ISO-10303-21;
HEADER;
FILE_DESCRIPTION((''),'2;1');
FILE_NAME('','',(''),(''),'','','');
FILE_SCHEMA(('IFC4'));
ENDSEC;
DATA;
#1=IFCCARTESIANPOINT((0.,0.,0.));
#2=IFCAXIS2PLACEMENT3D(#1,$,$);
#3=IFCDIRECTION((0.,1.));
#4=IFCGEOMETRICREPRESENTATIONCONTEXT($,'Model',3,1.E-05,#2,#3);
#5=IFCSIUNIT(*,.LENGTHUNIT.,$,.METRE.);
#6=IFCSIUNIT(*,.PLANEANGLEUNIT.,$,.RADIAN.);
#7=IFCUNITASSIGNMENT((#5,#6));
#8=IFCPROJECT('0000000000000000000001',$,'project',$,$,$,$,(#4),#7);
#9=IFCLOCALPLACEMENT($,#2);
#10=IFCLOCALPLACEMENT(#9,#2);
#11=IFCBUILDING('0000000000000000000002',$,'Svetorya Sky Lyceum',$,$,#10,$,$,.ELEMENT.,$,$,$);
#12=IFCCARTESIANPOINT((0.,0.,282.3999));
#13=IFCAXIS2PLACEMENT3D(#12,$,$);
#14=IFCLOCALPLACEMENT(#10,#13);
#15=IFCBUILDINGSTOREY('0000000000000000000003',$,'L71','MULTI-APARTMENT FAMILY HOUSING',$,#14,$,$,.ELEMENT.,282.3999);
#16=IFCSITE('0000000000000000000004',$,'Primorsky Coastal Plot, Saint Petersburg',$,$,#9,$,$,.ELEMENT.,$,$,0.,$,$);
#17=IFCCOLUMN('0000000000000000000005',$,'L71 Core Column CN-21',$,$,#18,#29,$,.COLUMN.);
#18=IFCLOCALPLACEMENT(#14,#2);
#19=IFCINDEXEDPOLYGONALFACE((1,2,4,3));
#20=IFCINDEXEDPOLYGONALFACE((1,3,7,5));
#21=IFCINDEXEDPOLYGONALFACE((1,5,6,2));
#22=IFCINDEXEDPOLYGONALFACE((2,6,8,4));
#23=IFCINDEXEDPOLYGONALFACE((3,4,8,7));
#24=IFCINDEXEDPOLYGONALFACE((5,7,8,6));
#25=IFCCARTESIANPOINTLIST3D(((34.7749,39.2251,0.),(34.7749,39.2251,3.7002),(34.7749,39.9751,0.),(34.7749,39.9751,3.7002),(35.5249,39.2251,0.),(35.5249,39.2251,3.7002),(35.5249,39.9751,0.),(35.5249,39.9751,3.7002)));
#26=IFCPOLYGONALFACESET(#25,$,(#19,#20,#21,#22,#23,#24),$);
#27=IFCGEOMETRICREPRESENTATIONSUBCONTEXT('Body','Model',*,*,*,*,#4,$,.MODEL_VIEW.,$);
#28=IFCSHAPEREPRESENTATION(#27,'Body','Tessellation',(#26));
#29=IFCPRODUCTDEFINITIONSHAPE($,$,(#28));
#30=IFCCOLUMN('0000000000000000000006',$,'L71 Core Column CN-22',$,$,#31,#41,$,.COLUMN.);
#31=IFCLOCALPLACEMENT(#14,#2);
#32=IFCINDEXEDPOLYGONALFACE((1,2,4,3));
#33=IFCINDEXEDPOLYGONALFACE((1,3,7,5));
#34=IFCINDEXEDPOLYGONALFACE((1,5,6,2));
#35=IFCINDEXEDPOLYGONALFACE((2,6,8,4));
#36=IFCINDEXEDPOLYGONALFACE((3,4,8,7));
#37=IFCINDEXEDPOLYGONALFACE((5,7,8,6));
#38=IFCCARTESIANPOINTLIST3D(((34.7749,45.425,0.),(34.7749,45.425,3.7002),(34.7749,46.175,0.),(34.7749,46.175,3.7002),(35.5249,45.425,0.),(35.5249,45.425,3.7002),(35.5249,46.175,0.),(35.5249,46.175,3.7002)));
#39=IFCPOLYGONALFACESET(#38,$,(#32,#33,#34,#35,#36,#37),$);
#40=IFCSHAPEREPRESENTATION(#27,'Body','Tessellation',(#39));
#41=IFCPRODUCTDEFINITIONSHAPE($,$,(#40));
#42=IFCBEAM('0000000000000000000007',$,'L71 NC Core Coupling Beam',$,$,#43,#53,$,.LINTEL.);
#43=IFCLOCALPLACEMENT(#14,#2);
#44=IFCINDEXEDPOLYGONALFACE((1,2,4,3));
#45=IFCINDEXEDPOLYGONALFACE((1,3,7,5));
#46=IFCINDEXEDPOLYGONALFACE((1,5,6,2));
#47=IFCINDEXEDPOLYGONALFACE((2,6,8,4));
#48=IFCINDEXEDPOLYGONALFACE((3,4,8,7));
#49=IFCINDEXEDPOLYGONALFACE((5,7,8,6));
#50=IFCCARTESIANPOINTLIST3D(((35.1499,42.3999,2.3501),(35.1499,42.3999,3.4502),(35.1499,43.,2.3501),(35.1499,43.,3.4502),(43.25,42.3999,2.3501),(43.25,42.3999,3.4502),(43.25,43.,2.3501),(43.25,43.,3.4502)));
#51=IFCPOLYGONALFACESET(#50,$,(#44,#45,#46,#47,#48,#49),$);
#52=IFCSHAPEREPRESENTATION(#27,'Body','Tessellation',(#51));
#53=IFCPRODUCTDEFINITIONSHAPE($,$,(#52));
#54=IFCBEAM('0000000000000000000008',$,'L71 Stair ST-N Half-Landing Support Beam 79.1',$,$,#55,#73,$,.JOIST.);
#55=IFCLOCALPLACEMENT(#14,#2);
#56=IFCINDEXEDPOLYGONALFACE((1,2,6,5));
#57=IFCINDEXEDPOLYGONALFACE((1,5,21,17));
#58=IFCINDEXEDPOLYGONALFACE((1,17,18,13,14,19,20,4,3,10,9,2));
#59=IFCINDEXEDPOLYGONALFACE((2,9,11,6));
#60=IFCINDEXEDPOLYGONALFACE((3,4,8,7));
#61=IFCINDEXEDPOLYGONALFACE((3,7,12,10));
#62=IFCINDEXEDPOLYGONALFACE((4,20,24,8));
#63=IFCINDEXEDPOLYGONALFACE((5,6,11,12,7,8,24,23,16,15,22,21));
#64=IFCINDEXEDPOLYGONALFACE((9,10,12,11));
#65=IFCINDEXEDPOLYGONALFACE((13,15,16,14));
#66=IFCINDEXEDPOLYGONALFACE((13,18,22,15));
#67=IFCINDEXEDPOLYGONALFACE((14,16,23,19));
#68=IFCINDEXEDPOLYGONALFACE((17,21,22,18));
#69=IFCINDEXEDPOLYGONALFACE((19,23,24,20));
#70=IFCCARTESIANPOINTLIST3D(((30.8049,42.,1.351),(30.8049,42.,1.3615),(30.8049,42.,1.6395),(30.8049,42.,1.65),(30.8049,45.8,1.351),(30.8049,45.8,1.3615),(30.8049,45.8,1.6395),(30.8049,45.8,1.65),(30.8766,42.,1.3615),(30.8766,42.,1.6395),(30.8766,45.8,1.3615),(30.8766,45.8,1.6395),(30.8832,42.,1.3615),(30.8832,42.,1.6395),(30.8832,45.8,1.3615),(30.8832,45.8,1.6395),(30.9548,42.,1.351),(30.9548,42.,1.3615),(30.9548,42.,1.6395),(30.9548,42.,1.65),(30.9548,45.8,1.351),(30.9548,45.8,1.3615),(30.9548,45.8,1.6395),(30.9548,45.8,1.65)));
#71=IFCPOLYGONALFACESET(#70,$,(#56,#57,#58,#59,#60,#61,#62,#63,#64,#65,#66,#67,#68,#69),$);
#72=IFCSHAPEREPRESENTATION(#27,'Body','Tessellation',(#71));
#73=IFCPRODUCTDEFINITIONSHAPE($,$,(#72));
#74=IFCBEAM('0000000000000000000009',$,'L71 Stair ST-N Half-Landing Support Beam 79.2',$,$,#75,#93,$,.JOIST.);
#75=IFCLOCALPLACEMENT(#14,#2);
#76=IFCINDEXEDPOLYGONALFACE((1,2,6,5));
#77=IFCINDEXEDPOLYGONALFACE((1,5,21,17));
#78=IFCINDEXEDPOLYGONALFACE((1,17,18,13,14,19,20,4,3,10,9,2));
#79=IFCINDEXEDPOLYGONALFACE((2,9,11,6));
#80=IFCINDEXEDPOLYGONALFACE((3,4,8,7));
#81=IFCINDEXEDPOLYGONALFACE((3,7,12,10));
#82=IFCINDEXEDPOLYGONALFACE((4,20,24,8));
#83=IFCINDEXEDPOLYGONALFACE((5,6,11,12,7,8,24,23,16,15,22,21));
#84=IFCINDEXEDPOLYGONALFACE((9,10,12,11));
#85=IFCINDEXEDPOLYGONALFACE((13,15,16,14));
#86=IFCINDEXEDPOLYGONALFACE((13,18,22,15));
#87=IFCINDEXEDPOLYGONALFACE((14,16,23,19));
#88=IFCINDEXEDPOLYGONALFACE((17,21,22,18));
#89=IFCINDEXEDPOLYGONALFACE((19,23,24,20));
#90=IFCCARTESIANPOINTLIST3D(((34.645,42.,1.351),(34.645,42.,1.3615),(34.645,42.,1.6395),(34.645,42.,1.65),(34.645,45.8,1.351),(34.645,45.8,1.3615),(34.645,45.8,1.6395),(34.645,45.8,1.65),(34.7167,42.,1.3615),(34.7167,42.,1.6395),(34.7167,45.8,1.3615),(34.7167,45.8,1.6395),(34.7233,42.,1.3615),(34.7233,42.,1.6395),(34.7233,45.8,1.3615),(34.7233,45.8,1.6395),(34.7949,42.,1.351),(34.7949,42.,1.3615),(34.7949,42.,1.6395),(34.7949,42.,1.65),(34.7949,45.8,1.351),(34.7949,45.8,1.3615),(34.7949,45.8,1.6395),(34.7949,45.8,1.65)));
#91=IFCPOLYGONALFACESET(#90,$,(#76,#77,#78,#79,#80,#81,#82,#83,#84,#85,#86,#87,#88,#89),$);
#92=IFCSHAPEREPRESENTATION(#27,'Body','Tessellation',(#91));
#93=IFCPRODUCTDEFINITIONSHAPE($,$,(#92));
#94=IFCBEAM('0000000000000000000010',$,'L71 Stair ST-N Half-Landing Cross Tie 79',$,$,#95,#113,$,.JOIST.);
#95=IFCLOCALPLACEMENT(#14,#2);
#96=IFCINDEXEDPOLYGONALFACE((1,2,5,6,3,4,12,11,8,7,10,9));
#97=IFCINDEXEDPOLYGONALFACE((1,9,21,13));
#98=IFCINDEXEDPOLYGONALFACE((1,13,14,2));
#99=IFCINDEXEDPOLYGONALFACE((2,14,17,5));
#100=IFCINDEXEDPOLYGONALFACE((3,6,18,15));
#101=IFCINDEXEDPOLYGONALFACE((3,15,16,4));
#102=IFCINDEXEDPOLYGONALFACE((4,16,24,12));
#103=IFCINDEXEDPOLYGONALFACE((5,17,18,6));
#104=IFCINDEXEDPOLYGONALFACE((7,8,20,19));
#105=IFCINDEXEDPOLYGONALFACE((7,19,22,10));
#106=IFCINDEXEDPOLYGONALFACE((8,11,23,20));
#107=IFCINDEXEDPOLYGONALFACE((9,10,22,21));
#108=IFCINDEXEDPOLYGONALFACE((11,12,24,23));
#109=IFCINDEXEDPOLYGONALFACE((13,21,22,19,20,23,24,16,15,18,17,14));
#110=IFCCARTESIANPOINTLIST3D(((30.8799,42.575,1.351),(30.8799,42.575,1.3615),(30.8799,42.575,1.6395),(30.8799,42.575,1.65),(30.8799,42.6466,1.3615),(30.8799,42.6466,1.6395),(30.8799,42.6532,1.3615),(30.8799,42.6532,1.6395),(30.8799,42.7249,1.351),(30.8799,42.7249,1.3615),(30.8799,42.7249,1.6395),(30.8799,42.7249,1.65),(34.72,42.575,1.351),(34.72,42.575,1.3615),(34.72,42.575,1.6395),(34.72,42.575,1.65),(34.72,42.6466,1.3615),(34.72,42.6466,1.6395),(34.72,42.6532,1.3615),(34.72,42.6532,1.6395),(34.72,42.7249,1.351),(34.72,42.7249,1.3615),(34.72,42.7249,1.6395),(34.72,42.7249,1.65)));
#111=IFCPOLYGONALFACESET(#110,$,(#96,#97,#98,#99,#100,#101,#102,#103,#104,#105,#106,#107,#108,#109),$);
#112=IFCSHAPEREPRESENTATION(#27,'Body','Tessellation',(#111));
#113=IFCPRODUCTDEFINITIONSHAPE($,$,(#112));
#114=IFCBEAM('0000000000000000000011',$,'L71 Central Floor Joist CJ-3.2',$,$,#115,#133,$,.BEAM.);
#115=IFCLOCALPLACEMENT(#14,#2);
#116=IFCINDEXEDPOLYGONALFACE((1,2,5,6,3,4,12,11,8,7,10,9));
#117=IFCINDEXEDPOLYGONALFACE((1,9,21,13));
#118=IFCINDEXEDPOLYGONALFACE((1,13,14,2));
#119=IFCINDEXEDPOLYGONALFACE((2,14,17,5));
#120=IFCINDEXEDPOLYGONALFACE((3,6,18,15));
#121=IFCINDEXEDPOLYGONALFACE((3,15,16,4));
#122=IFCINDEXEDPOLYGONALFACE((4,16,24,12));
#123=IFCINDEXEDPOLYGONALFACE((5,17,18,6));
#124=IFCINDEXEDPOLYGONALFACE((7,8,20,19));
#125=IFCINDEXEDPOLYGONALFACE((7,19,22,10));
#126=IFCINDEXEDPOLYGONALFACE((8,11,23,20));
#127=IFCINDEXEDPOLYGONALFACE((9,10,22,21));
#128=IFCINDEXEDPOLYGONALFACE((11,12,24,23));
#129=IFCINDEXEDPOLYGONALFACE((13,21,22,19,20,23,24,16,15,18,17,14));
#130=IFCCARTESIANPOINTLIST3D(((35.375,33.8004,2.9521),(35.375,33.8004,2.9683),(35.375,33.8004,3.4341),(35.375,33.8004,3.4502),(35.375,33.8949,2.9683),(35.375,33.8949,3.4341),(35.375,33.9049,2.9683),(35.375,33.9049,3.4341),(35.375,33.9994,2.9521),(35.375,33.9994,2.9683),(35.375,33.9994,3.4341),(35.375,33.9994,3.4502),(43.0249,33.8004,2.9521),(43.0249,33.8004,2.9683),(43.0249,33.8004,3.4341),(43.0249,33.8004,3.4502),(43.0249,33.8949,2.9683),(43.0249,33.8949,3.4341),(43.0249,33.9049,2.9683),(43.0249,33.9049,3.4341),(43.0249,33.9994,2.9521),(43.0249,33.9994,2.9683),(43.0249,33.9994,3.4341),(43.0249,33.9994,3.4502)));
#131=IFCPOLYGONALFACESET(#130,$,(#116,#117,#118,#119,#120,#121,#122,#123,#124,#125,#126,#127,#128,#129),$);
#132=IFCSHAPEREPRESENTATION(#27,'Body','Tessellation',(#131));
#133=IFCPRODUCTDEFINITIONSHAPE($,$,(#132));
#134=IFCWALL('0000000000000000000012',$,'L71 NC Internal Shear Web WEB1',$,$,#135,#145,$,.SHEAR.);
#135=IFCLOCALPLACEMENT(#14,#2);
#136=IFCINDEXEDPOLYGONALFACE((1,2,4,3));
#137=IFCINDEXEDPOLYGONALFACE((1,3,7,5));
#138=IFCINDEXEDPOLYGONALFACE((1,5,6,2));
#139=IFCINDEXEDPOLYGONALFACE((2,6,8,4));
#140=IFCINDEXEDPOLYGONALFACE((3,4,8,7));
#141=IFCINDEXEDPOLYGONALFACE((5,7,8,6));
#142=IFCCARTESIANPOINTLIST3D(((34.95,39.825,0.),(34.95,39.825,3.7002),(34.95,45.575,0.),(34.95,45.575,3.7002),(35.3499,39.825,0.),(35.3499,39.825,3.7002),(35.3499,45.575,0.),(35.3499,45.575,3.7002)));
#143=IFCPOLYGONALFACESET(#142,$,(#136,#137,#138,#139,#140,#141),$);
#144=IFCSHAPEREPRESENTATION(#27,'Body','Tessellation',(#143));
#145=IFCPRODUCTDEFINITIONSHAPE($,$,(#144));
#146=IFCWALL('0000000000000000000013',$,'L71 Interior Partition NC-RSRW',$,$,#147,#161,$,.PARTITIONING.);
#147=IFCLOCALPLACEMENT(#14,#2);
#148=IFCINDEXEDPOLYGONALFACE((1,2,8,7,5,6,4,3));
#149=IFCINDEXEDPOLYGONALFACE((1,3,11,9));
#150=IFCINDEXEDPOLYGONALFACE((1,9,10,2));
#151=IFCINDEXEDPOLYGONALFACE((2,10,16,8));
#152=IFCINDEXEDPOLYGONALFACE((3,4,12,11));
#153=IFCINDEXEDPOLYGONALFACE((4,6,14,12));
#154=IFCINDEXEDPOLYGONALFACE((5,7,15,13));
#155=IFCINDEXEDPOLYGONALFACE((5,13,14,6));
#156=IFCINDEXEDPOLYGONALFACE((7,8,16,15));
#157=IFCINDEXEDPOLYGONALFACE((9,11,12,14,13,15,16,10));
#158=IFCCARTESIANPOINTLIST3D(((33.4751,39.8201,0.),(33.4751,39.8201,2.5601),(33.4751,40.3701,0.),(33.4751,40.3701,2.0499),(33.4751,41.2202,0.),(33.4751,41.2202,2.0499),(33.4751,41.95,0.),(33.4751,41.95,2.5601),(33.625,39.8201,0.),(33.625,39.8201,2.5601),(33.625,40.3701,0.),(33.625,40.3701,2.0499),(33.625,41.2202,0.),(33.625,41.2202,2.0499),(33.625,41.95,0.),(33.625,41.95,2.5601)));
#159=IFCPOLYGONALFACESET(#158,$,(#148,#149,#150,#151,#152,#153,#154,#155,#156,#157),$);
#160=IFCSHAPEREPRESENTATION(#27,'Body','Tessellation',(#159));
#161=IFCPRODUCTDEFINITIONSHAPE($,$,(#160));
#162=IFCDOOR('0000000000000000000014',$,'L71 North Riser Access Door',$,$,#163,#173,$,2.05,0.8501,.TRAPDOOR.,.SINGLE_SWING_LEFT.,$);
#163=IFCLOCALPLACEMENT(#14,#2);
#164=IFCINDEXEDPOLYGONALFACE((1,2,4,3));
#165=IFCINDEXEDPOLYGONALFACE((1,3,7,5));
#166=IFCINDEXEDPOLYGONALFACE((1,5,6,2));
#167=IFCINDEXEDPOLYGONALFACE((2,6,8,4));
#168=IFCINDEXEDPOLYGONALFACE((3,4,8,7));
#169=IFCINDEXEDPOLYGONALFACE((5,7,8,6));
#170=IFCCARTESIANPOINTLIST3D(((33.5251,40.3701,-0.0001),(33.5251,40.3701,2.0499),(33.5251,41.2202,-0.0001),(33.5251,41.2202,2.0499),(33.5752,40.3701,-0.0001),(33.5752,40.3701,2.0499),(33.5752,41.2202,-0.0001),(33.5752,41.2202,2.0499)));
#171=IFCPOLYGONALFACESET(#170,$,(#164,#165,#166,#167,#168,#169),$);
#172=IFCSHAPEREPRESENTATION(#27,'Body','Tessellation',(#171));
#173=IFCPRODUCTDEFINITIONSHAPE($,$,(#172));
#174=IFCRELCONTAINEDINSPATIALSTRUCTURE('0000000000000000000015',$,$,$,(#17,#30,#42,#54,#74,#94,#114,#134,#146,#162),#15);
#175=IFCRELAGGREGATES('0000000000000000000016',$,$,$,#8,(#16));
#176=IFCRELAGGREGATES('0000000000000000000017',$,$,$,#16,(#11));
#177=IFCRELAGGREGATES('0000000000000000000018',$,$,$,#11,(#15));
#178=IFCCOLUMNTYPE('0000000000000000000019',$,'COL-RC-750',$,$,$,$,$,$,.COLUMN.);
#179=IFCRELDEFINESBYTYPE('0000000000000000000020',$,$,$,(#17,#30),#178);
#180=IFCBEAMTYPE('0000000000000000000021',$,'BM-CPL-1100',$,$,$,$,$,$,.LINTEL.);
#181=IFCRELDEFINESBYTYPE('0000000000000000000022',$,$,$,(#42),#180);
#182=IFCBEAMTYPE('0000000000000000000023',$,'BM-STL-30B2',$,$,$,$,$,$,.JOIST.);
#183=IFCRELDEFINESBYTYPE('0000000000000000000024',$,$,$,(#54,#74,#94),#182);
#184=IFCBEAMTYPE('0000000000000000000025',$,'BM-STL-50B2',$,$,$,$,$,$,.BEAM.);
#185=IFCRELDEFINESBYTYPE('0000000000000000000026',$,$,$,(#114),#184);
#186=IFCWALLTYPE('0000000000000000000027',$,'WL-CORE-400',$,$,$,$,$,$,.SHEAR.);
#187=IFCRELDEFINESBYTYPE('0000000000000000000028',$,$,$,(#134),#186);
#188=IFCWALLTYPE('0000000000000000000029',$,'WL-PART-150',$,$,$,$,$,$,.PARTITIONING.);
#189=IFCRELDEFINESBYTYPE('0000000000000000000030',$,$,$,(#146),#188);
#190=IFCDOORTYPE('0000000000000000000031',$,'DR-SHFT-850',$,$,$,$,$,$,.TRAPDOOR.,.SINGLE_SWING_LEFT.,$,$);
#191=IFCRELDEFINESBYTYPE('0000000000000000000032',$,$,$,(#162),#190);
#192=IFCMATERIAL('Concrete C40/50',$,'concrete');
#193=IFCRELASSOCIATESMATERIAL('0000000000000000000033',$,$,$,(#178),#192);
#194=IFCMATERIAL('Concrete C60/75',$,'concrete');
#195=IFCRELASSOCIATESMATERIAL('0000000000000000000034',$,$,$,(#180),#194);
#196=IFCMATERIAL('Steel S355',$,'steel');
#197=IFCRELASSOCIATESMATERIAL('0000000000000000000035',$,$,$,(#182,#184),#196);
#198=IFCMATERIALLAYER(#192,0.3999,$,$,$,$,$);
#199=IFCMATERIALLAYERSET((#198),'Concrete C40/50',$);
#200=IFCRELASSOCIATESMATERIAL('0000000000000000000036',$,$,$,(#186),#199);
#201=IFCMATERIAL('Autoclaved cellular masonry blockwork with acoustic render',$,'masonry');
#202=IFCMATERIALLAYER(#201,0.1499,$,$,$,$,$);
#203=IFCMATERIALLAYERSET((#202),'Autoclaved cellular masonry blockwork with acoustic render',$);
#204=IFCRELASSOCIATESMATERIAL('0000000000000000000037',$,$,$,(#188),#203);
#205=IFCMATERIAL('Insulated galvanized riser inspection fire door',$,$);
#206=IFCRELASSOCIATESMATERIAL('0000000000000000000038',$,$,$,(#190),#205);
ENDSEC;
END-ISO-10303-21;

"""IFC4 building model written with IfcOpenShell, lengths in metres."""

from ifc_helpers import new_model, si_unit, direction, frame, frame_2d, origin, origin_2d, place, context, subcontext, project, spatial, rectangle, i_section, extrude, material, layer, layer_set, material_profile, profile_set, type_object, element, fill, save


model = new_model("IFC4")

# Units and contexts
model_context = context("Model", 3, precision=1e-05, world=origin(), true_north=direction((0.0, 1.0)))
body_context = subcontext(model_context, "Body", "Model", "MODEL_VIEW")
ifc_project = project(units=[si_unit("LENGTHUNIT", "METRE"), si_unit("PLANEANGLEUNIT", "RADIAN")], contexts=[model_context])

# Site, building, storey
site_placement = place(None, origin())
site = spatial("IfcSite", under=ifc_project, at=site_placement, Name="Primorsky Coastal Plot, Saint Petersburg", CompositionType="ELEMENT", RefElevation=0.0)
building_placement = place(site_placement, origin())
building = spatial("IfcBuilding", under=site, at=building_placement, Name="Svetorya Sky Lyceum", CompositionType="ELEMENT")
storey_placement = place(building_placement, frame((0.0, 0.0, 282.3999)))
storey = spatial("IfcBuildingStorey", under=building, at=storey_placement, Name="L71", Description="MULTI-APARTMENT FAMILY HOUSING", CompositionType="ELEMENT", Elevation=282.3999)

# Columns
ifc_material_1 = material(Name="Concrete C40/50", Category="concrete")
ifc_material_profile_1 = material_profile(ifc_material_1, rectangle(XDim=0.75, YDim=0.75, at=origin_2d()), Name="RC COL 750x750")
ifc_profile_set_1 = profile_set([ifc_material_profile_1], Name="Concrete C40/50")
column_type = type_object("IfcColumnType", Name="COL-RC-750", PredefinedType="COLUMN", material=ifc_profile_set_1)
for number, where, z_axis, x_axis, name in (
    (1, (35.1499, 39.6001, 0.0), (0.0, 0.0, 1.0), (1.0, 0.0, 0.0), "L71 Core Column CN-21"),
    (2, (35.1499, 45.8, 0.0), (0.0, 0.0, 1.0), (1.0, 0.0, 0.0), "L71 Core Column CN-22"),
):
    element("IfcColumn", number, at=place(storey_placement, frame(where, z_axis=z_axis, x_axis=x_axis)), inside=storey, type_object=column_type, Name=name, PredefinedType="COLUMN", context=body_context, shape_type="SweptSolid", body=[
        extrude(rectangle(XDim=0.75, YDim=0.75, at=origin_2d()), origin(), (0.0, 0.0, 1.0), 3.7002),
    ])

# Beams
ifc_material_2 = material(Name="Concrete C60/75", Category="concrete")
ifc_material_profile_2 = material_profile(ifc_material_2, rectangle(XDim=0.6001, YDim=1.1001, at=origin_2d()), Name="RC COUPLING 600x1100")
ifc_profile_set_2 = profile_set([ifc_material_profile_2], Name="Concrete C60/75")
beam_type_1 = type_object("IfcBeamType", Name="BM-CPL-1100", PredefinedType="LINTEL", material=ifc_profile_set_2)
beam_1_placement = place(storey_placement, frame((35.1499, 42.7, 2.9001), z_axis=(1.0, 0.0, 0.0), x_axis=(0.0, 1.0, 0.0)))
element("IfcBeam", 3, at=beam_1_placement, inside=storey, type_object=beam_type_1, Name="L71 NC Core Coupling Beam", PredefinedType="LINTEL", context=body_context, shape_type="SweptSolid", body=[
    extrude(rectangle(XDim=0.6001, YDim=1.1001, at=origin_2d()), origin(), (0.0, 0.0, 1.0), 8.1001),
])
ifc_material_3 = material(Name="Steel S355", Category="steel")
ifc_material_profile_3 = material_profile(ifc_material_3, i_section(OverallWidth=0.1499, OverallDepth=0.2991, WebThickness=0.0066, FlangeThickness=0.0105, at=origin_2d()), Name="GOST 30B2")
ifc_profile_set_3 = profile_set([ifc_material_profile_3], Name="Steel S355")
beam_type_2 = type_object("IfcBeamType", Name="BM-STL-30B2", PredefinedType="JOIST", material=ifc_profile_set_3)
for number, where, z_axis, x_axis, name in (
    (4, (30.8799, 42.0, 1.5005), (0.0, 1.0, 0.0), (-1.0, 0.0, 0.0), "L71 Stair ST-N Half-Landing Support Beam 79.1"),
    (5, (34.72, 42.0, 1.5005), (0.0, 1.0, 0.0), (-1.0, 0.0, 0.0), "L71 Stair ST-N Half-Landing Support Beam 79.2"),
):
    element("IfcBeam", number, at=place(storey_placement, frame(where, z_axis=z_axis, x_axis=x_axis)), inside=storey, type_object=beam_type_2, Name=name, PredefinedType="JOIST", context=body_context, shape_type="SweptSolid", body=[
        extrude(i_section(OverallWidth=0.1499, OverallDepth=0.2991, WebThickness=0.0066, FlangeThickness=0.0105, at=origin_2d()), origin(), (0.0, 0.0, 1.0), 3.8),
    ])
beam_2_placement = place(storey_placement, frame((30.8799, 42.6499, 1.5005), z_axis=(1.0, 0.0, 0.0), x_axis=(0.0, 1.0, 0.0)))
element("IfcBeam", 6, at=beam_2_placement, inside=storey, type_object=beam_type_2, Name="L71 Stair ST-N Half-Landing Cross Tie 79", PredefinedType="JOIST", context=body_context, shape_type="SweptSolid", body=[
    extrude(i_section(OverallWidth=0.1499, OverallDepth=0.2991, WebThickness=0.0066, FlangeThickness=0.0105, at=origin_2d()), origin(), (0.0, 0.0, 1.0), 3.8401),
])
ifc_material_profile_4 = material_profile(ifc_material_3, i_section(OverallWidth=0.199, OverallDepth=0.498, WebThickness=0.01, FlangeThickness=0.0161, at=origin_2d()), Name="GOST 50B2")
ifc_profile_set_4 = profile_set([ifc_material_profile_4], Name="Steel S355")
beam_type_3 = type_object("IfcBeamType", Name="BM-STL-50B2", PredefinedType="BEAM", material=ifc_profile_set_4)
beam_3_placement = place(storey_placement, frame((35.375, 33.8999, 3.2012), z_axis=(1.0, 0.0, 0.0), x_axis=(0.0, 1.0, 0.0)))
element("IfcBeam", 7, at=beam_3_placement, inside=storey, type_object=beam_type_3, Name="L71 Central Floor Joist CJ-3.2", PredefinedType="BEAM", context=body_context, shape_type="SweptSolid", body=[
    extrude(i_section(OverallWidth=0.199, OverallDepth=0.498, WebThickness=0.01, FlangeThickness=0.0161, at=origin_2d()), origin(), (0.0, 0.0, 1.0), 7.6499),
])

# Wall
ifc_layer_1 = layer(ifc_material_1, 0.3999)
ifc_layer_set_1 = layer_set([ifc_layer_1], Name="Concrete C40/50")
wall_type_1 = type_object("IfcWallType", Name="WL-CORE-400", PredefinedType="SHEAR", material=ifc_layer_set_1)
wall_1_placement = place(storey_placement, frame((35.1499, 39.825, 0.0), z_axis=(0.0, 0.0, 1.0), x_axis=(0.0, 1.0, 0.0)))
element("IfcWall", 8, at=wall_1_placement, inside=storey, type_object=wall_type_1, Name="L71 NC Internal Shear Web WEB1", PredefinedType="SHEAR", context=body_context, shape_type="SweptSolid", body=[
    extrude(rectangle(XDim=5.75, YDim=0.3999, at=frame_2d((2.875, 0.0))), origin(), (0.0, 0.0, 1.0), 3.7002),
])

# Wall, opening, door
ifc_material_4 = material(Name="Autoclaved cellular masonry blockwork with acoustic render", Category="masonry")
ifc_layer_2 = layer(ifc_material_4, 0.1499)
ifc_layer_set_2 = layer_set([ifc_layer_2], Name="Autoclaved cellular masonry blockwork with acoustic render")
wall_type_2 = type_object("IfcWallType", Name="WL-PART-150", PredefinedType="PARTITIONING", material=ifc_layer_set_2)
wall_2_placement = place(storey_placement, frame((33.55, 39.8201, 0.0), z_axis=(0.0, 0.0, 1.0), x_axis=(0.0, 1.0, 0.0)))
wall_2 = element("IfcWall", 9, at=wall_2_placement, inside=storey, type_object=wall_type_2, Name="L71 Interior Partition NC-RSRW", PredefinedType="PARTITIONING", context=body_context, shape_type="SweptSolid", body=[
    extrude(rectangle(XDim=2.1299, YDim=0.1499, at=frame_2d((1.0649, 0.0))), origin(), (0.0, 0.0, 1.0), 2.5601),
])
opening_1_placement = place(wall_2_placement, frame((0.55, 0.0, 0.0)))
opening_1 = element("IfcOpeningElement", 10, at=opening_1_placement, cuts=wall_2, PredefinedType="OPENING", context=body_context, shape_type="SweptSolid", body=[
    extrude(rectangle(XDim=0.8501, YDim=2.05, at=frame_2d((0.425, 1.0249))), frame((0.0, 0.085, 0.0), z_axis=(0.0, -1.0, 0.0), x_axis=(1.0, 0.0, 0.0)), (0.0, 0.0, 1.0), 0.1699),
])
ifc_material_5 = material(Name="Insulated galvanized riser inspection fire door")
door_type_1 = type_object("IfcDoorType", Name="DR-SHFT-850", OperationType="SINGLE_SWING_LEFT", PredefinedType="TRAPDOOR", material=ifc_material_5)
door_1_placement = place(opening_1_placement, origin())
door_1 = element("IfcDoor", 11, at=door_1_placement, inside=storey, type_object=door_type_1, Name="L71 North Riser Access Door", OperationType="SINGLE_SWING_LEFT", OverallHeight=2.05, OverallWidth=0.8501, PredefinedType="TRAPDOOR", context=body_context, shape_type="SweptSolid", body=[
    extrude(rectangle(XDim=0.8501, YDim=2.05, at=frame_2d((0.425, 1.0249))), frame((0.0, 0.0249, 0.0), z_axis=(0.0, -1.0, 0.0), x_axis=(1.0, 0.0, 0.0)), (0.0, 0.0, 1.0), 0.05),
])
fill(opening_1, door_1)

save(model, "model.ifc")
